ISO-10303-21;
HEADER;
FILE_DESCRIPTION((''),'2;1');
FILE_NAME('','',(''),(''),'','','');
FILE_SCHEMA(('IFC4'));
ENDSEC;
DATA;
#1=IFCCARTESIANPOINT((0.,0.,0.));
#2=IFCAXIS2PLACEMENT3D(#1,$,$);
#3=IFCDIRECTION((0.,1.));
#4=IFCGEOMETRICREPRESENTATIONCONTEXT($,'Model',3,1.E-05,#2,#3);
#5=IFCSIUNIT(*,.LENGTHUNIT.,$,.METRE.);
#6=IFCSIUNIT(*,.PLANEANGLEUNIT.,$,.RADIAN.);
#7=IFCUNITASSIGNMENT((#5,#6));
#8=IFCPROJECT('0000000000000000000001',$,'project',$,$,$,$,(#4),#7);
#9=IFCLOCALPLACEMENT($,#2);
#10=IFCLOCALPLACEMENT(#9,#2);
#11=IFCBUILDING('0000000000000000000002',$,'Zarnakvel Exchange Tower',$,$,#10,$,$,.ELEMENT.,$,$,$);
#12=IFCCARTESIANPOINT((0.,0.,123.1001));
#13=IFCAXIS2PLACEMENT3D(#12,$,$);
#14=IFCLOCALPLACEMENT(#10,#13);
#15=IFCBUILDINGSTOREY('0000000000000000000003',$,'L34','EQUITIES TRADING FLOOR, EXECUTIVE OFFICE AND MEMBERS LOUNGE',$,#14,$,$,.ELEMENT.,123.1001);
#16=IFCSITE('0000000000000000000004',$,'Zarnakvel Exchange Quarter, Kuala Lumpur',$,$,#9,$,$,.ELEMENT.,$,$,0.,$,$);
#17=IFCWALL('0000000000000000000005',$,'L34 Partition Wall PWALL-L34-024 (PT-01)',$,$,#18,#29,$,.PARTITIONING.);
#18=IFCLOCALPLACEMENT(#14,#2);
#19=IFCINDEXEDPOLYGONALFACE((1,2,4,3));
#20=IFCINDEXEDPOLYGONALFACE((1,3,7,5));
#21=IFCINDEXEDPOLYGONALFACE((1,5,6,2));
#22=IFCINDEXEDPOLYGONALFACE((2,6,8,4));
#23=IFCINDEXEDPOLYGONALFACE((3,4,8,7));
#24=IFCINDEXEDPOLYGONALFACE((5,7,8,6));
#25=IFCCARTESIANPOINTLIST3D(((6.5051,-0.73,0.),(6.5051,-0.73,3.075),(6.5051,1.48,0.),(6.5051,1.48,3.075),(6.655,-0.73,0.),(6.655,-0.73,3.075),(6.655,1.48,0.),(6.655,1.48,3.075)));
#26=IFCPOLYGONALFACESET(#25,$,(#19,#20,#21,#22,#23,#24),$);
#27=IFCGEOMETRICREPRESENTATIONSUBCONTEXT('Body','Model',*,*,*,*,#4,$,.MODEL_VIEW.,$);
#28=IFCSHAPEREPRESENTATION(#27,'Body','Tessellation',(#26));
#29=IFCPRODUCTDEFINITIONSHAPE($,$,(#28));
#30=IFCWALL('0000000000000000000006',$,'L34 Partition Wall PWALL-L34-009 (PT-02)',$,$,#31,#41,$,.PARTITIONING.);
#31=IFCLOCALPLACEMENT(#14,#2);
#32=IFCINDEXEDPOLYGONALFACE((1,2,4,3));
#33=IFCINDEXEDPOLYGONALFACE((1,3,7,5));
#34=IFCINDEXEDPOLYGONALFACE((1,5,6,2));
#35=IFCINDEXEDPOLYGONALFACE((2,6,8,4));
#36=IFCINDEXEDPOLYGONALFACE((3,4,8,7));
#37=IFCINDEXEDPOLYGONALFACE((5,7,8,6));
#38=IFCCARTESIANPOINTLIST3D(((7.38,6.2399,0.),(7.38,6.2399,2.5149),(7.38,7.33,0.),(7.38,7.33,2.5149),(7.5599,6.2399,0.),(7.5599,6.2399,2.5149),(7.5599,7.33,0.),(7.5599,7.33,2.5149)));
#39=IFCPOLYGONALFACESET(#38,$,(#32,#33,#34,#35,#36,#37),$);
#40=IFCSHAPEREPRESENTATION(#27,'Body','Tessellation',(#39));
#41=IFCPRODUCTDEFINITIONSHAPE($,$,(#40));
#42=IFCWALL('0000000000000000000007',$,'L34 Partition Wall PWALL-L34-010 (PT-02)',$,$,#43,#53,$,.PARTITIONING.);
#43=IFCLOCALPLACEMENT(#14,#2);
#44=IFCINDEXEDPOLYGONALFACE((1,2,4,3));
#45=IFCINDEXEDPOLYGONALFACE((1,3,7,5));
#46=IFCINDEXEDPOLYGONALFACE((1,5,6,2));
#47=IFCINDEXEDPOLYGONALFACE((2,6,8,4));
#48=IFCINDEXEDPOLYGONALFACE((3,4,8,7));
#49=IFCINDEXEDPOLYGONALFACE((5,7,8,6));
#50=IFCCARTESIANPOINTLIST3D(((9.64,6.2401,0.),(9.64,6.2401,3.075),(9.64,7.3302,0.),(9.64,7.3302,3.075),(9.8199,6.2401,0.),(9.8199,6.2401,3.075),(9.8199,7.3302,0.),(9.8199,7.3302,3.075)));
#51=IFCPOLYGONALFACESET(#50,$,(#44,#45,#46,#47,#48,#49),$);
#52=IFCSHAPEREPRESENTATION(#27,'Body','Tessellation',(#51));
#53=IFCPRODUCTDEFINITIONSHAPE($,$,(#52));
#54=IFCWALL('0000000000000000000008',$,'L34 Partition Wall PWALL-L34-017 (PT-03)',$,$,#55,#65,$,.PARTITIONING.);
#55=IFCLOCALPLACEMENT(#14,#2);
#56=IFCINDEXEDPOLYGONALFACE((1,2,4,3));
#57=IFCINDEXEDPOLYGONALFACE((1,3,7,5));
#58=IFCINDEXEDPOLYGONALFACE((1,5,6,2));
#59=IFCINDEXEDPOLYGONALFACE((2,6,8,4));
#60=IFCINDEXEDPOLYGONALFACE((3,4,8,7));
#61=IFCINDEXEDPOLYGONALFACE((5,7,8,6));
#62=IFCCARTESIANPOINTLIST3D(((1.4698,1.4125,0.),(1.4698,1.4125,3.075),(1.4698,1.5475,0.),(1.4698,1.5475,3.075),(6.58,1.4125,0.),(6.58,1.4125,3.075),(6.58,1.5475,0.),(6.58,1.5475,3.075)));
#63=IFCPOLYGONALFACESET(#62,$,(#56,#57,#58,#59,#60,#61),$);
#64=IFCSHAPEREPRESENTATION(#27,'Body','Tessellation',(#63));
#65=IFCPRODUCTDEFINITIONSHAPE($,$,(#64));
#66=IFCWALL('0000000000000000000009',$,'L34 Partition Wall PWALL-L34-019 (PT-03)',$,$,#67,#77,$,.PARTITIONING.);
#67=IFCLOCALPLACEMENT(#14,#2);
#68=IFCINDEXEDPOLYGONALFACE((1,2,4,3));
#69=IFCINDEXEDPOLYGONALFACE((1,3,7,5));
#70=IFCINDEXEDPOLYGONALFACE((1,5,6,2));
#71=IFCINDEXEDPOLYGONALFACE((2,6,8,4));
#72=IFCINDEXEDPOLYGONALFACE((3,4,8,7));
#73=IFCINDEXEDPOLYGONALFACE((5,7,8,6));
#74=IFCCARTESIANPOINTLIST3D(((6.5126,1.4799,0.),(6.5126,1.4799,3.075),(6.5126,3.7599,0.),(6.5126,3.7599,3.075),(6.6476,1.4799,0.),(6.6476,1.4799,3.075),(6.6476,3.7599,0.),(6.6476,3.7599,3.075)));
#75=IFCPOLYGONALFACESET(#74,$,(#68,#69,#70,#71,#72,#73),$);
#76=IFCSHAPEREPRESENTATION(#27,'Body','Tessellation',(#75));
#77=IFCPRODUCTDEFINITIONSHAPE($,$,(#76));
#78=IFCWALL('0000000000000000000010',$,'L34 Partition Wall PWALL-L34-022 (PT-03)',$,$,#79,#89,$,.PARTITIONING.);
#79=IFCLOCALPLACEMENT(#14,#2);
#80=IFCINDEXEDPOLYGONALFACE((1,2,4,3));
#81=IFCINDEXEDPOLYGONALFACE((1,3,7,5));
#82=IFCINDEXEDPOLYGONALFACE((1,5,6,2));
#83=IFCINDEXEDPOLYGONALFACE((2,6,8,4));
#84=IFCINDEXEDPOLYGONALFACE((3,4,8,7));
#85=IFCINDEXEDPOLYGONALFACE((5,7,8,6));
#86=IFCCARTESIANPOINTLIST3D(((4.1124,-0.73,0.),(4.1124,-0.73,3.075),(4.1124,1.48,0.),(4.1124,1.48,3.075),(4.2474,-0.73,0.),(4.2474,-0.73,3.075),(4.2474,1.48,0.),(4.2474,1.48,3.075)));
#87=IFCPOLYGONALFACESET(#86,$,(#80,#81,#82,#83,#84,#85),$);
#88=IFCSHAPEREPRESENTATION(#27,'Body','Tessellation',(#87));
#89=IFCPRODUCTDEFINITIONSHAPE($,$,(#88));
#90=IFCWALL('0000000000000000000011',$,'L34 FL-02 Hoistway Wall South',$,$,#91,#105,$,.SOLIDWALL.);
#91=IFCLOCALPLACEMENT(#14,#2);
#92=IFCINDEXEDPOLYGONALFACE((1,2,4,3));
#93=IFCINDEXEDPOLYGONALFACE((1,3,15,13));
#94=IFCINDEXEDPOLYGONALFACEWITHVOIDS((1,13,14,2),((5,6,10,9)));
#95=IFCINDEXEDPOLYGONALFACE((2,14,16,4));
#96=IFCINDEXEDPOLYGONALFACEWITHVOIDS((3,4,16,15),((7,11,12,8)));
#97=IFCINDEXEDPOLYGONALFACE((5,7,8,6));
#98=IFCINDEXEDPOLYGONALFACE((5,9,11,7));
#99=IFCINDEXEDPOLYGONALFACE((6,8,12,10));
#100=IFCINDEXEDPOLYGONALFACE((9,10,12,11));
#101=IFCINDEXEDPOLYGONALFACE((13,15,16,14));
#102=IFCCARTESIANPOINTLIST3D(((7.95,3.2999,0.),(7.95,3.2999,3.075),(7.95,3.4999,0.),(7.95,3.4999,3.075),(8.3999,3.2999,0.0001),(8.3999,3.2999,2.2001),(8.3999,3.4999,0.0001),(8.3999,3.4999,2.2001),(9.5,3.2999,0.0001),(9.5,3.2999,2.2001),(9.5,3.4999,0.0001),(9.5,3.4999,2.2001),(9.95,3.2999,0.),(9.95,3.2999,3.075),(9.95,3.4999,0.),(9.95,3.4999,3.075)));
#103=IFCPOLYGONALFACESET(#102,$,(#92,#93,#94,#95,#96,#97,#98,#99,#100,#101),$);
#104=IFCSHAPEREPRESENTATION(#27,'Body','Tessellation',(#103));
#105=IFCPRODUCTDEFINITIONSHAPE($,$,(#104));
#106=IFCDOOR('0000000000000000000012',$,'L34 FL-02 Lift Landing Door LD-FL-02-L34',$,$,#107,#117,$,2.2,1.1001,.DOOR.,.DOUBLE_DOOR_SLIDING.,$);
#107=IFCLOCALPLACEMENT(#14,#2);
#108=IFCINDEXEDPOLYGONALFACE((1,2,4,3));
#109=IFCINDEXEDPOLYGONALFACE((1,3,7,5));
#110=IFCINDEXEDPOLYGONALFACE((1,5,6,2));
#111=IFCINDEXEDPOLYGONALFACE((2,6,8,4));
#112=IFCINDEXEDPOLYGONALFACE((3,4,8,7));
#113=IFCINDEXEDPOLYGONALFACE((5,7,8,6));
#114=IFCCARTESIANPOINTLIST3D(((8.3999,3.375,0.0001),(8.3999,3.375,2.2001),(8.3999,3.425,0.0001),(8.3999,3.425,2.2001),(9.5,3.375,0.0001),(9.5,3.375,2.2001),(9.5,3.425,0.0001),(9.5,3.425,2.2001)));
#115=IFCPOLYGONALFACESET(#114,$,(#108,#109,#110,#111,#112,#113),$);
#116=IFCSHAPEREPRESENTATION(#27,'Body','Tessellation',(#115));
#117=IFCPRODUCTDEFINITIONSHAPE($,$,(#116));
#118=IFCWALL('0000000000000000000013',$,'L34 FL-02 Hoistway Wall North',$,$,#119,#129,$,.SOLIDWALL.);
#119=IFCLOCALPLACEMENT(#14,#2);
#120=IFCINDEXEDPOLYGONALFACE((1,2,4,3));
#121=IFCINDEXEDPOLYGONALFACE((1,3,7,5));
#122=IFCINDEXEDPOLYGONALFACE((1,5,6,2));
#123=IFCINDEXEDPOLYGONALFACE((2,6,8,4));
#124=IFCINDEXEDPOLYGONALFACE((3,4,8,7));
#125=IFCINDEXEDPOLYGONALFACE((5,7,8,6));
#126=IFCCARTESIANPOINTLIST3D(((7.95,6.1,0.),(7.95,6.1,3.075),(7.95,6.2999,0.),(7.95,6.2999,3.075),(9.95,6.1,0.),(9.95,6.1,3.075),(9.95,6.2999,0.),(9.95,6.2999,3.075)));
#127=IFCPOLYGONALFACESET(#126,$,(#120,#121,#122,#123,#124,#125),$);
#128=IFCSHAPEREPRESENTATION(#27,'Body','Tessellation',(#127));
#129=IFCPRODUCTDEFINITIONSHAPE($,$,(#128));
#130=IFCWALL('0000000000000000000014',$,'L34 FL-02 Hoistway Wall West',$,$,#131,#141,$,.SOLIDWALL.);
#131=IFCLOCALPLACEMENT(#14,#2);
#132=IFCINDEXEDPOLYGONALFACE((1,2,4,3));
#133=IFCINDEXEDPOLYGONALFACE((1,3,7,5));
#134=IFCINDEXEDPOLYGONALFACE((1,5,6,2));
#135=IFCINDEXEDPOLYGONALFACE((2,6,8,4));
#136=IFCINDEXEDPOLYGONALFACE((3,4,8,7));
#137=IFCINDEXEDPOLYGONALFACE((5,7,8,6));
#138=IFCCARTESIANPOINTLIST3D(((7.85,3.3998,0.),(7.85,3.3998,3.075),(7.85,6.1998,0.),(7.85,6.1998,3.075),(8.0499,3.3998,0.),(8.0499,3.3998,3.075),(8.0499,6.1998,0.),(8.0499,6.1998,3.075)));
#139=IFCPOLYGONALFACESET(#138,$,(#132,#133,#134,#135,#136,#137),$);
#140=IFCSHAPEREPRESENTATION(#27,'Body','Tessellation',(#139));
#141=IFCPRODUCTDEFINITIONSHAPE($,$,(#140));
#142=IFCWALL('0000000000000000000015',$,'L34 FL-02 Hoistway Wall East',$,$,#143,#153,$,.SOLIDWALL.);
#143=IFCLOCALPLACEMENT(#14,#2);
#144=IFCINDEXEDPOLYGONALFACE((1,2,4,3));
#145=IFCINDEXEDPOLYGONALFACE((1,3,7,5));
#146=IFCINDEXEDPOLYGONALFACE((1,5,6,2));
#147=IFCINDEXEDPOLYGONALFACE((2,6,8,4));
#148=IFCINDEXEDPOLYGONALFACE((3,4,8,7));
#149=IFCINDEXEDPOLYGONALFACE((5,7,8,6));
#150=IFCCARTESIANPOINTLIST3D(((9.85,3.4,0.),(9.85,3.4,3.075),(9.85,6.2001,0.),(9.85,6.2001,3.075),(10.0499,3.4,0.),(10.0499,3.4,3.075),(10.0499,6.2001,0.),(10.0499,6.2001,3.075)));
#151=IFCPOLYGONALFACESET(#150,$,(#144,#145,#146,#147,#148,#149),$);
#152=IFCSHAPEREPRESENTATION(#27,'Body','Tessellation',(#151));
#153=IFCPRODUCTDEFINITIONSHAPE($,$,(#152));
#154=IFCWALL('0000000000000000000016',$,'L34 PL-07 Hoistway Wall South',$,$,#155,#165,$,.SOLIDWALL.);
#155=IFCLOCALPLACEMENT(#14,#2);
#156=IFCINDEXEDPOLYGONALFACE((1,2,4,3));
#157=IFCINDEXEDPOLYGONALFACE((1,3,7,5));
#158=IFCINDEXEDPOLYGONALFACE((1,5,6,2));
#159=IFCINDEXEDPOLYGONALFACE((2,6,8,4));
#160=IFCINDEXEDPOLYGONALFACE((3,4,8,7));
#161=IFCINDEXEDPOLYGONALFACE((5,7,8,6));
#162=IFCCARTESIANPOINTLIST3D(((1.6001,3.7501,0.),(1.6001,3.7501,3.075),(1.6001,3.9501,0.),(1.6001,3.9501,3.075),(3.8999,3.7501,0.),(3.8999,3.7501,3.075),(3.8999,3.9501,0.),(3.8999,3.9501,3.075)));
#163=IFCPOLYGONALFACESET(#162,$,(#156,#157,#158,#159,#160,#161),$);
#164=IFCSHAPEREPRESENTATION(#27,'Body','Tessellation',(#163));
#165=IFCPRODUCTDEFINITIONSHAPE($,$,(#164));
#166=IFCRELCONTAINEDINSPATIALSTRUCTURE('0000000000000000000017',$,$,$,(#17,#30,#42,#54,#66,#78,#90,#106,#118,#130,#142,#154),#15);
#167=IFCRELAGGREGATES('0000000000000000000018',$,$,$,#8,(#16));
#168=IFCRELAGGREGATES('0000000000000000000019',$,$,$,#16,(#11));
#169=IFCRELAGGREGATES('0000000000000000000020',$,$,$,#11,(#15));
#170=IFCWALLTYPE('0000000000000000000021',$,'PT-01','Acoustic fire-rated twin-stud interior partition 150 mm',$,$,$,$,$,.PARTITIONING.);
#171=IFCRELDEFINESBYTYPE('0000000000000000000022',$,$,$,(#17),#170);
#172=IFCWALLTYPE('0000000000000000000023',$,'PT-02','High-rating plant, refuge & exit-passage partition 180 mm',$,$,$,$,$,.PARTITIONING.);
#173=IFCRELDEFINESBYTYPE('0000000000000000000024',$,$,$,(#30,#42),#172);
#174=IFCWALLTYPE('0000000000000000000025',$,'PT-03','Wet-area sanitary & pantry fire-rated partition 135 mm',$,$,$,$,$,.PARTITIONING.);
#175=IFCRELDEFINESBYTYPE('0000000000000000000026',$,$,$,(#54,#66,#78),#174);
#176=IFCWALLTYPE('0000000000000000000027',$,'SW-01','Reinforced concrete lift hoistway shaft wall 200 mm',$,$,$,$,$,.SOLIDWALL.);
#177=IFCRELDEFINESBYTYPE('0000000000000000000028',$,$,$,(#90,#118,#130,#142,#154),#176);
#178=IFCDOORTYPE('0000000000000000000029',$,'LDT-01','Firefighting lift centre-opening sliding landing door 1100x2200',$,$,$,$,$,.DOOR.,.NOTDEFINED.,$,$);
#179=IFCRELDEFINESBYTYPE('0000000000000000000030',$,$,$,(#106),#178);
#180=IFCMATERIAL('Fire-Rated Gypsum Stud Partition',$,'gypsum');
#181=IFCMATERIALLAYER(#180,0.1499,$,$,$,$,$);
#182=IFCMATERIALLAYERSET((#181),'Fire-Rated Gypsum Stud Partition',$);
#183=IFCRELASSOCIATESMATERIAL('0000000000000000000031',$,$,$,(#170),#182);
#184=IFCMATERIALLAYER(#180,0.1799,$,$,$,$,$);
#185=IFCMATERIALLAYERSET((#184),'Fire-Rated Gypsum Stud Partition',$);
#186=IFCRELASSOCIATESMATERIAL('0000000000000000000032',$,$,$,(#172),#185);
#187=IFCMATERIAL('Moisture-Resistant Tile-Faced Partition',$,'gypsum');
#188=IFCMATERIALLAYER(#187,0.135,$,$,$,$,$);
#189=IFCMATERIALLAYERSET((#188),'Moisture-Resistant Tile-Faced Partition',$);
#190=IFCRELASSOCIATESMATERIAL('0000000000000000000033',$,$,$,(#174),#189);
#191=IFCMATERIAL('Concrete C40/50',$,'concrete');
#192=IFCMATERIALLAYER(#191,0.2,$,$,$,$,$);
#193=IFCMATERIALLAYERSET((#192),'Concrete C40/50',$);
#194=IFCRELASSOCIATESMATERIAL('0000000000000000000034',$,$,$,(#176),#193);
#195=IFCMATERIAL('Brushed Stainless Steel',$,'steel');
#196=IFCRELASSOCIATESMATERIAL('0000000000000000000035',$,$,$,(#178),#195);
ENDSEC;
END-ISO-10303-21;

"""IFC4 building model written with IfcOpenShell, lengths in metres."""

from ifc_helpers import new_model, si_unit, direction, frame, frame_2d, origin, place, context, subcontext, project, spatial, rectangle, extrude, source, transform, mapped, material, layer, layer_set, type_object, element, fill, save


model = new_model("IFC4")

# Units and contexts
model_context = context("Model", 3, precision=1e-05, world=origin(), true_north=direction((0.0, 1.0)))
body_context = subcontext(model_context, "Body", "Model", "MODEL_VIEW")
ifc_project = project(units=[si_unit("LENGTHUNIT", "METRE"), si_unit("PLANEANGLEUNIT", "RADIAN")], contexts=[model_context])

# Site, building, storey
site_placement = place(None, origin())
site = spatial("IfcSite", under=ifc_project, at=site_placement, Name="Zarnakvel Exchange Quarter, Kuala Lumpur", CompositionType="ELEMENT", RefElevation=0.0)
building_placement = place(site_placement, origin())
building = spatial("IfcBuilding", under=site, at=building_placement, Name="Zarnakvel Exchange Tower", CompositionType="ELEMENT")
storey_placement = place(building_placement, frame((0.0, 0.0, 123.1001)))
storey = spatial("IfcBuildingStorey", under=building, at=storey_placement, Name="L34", Description="EQUITIES TRADING FLOOR, EXECUTIVE OFFICE AND MEMBERS LOUNGE", CompositionType="ELEMENT", Elevation=123.1001)

# Walls
ifc_material_1 = material(Name="Fire-Rated Gypsum Stud Partition", Category="gypsum")
ifc_layer_1 = layer(ifc_material_1, 0.1499)
ifc_layer_set_1 = layer_set([ifc_layer_1], Name="Fire-Rated Gypsum Stud Partition")
wall_type_1 = type_object("IfcWallType", Name="PT-01", Description="Acoustic fire-rated twin-stud interior partition 150 mm", PredefinedType="PARTITIONING", material=ifc_layer_set_1)
wall_1_placement = place(storey_placement, frame((6.5801, 1.48, 0.0), z_axis=(0.0, 0.0, 1.0), x_axis=(0.0, -1.0, 0.0)))
element("IfcWall", 1, at=wall_1_placement, inside=storey, type_object=wall_type_1, Name="L34 Partition Wall PWALL-L34-024 (PT-01)", PredefinedType="PARTITIONING", context=body_context, shape_type="SweptSolid", body=[
    extrude(rectangle(XDim=2.21, YDim=0.1499, at=frame_2d((1.105, 0.0))), origin(), (0.0, 0.0, 1.0), 3.075),
])
ifc_layer_2 = layer(ifc_material_1, 0.1799)
ifc_layer_set_2 = layer_set([ifc_layer_2], Name="Fire-Rated Gypsum Stud Partition")
wall_type_2 = type_object("IfcWallType", Name="PT-02", Description="High-rating plant, refuge & exit-passage partition 180 mm", PredefinedType="PARTITIONING", material=ifc_layer_set_2)
wall_2_placement = place(storey_placement, frame((7.47, 6.24, 0.0), z_axis=(0.0, 0.0, 1.0), x_axis=(0.0, 1.0, 0.0)))
element("IfcWall", 2, at=wall_2_placement, inside=storey, type_object=wall_type_2, Name="L34 Partition Wall PWALL-L34-009 (PT-02)", PredefinedType="PARTITIONING", context=body_context, shape_type="SweptSolid", body=[
    extrude(rectangle(XDim=1.0901, YDim=0.1799, at=frame_2d((0.5449, 0.0))), origin(), (0.0, 0.0, 1.0), 2.5149),
])
wall_3_placement = place(storey_placement, frame((9.73, 7.3301, 0.0), z_axis=(0.0, 0.0, 1.0), x_axis=(0.0, -1.0, 0.0)))
element("IfcWall", 3, at=wall_3_placement, inside=storey, type_object=wall_type_2, Name="L34 Partition Wall PWALL-L34-010 (PT-02)", PredefinedType="PARTITIONING", context=body_context, shape_type="SweptSolid", body=[
    extrude(rectangle(XDim=1.0901, YDim=0.1799, at=frame_2d((0.5449, 0.0))), origin(), (0.0, 0.0, 1.0), 3.075),
])
ifc_material_2 = material(Name="Moisture-Resistant Tile-Faced Partition", Category="gypsum")
ifc_layer_3 = layer(ifc_material_2, 0.135)
ifc_layer_set_3 = layer_set([ifc_layer_3], Name="Moisture-Resistant Tile-Faced Partition")
wall_type_3 = type_object("IfcWallType", Name="PT-03", Description="Wet-area sanitary & pantry fire-rated partition 135 mm", PredefinedType="PARTITIONING", material=ifc_layer_set_3)
wall_4_placement = place(storey_placement, frame((6.5801, 1.48, 0.0), z_axis=(0.0, 0.0, 1.0), x_axis=(-1.0, 0.0, 0.0)))
element("IfcWall", 4, at=wall_4_placement, inside=storey, type_object=wall_type_3, Name="L34 Partition Wall PWALL-L34-017 (PT-03)", PredefinedType="PARTITIONING", context=body_context, shape_type="SweptSolid", body=[
    extrude(rectangle(XDim=5.1101, YDim=0.135, at=frame_2d((2.5552, 0.0))), origin(), (0.0, 0.0, 1.0), 3.075),
])
wall_5_placement = place(storey_placement, frame((6.5801, 3.76, 0.0), z_axis=(0.0, 0.0, 1.0), x_axis=(0.0, -1.0, 0.0)))
element("IfcWall", 5, at=wall_5_placement, inside=storey, type_object=wall_type_3, Name="L34 Partition Wall PWALL-L34-019 (PT-03)", PredefinedType="PARTITIONING", context=body_context, shape_type="SweptSolid", body=[
    extrude(rectangle(XDim=2.28, YDim=0.135, at=frame_2d((1.1401, 0.0))), origin(), (0.0, 0.0, 1.0), 3.075),
])
wall_6_placement = place(storey_placement, frame((4.1799, 1.48, 0.0), z_axis=(0.0, 0.0, 1.0), x_axis=(0.0, -1.0, 0.0)))
element("IfcWall", 6, at=wall_6_placement, inside=storey, type_object=wall_type_3, Name="L34 Partition Wall PWALL-L34-022 (PT-03)", PredefinedType="PARTITIONING", context=body_context, shape_type="SweptSolid", body=[
    extrude(rectangle(XDim=2.21, YDim=0.135, at=frame_2d((1.105, 0.0))), origin(), (0.0, 0.0, 1.0), 3.075),
])

# Wall, opening, door
ifc_material_3 = material(Name="Concrete C40/50", Category="concrete")
ifc_layer_4 = layer(ifc_material_3, 0.2)
ifc_layer_set_4 = layer_set([ifc_layer_4], Name="Concrete C40/50")
wall_type_4 = type_object("IfcWallType", Name="SW-01", Description="Reinforced concrete lift hoistway shaft wall 200 mm", PredefinedType="SOLIDWALL", material=ifc_layer_set_4)
wall_7_placement = place(storey_placement, frame((9.95, 3.3999, 0.0), z_axis=(0.0, 0.0, 1.0), x_axis=(-1.0, 0.0, 0.0)))
wall_7 = element("IfcWall", 7, at=wall_7_placement, inside=storey, type_object=wall_type_4, Name="L34 FL-02 Hoistway Wall South", PredefinedType="SOLIDWALL", context=body_context, shape_type="SweptSolid", body=[
    extrude(rectangle(XDim=2.0, YDim=0.2, at=frame_2d((1.0, 0.0))), origin(), (0.0, 0.0, 1.0), 3.075),
])
opening_1_placement = place(wall_7_placement, frame((0.45, 0.0, 0.0)))
opening_1 = element("IfcOpeningElement", 8, at=opening_1_placement, cuts=wall_7, PredefinedType="OPENING", context=body_context, shape_type="SweptSolid", body=[
    extrude(rectangle(XDim=1.1001, YDim=2.2, at=frame_2d((0.55, 1.1001))), frame((0.0, 0.1099, 0.0), z_axis=(0.0, -1.0, 0.0), x_axis=(1.0, 0.0, 0.0)), (0.0, 0.0, 1.0), 0.22),
])
ifc_material_4 = material(Name="Brushed Stainless Steel", Category="steel")
door_type_1 = type_object("IfcDoorType", Name="LDT-01", Description="Firefighting lift centre-opening sliding landing door 1100x2200", OperationType="NOTDEFINED", PredefinedType="DOOR", material=ifc_material_4)
shared_shape_1 = source(origin(), body_context, "Body", "SweptSolid", [
    extrude(rectangle(XDim=1.1001, YDim=2.2, at=frame_2d((0.55, 1.1001))), frame((0.0, 0.0249, 0.0), z_axis=(0.0, -1.0, 0.0), x_axis=(1.0, 0.0, 0.0)), (0.0, 0.0, 1.0), 0.05),
])
door_1_placement = place(opening_1_placement, origin())
door_1 = element("IfcDoor", 9, at=door_1_placement, inside=storey, type_object=door_type_1, Name="L34 FL-02 Lift Landing Door LD-FL-02-L34", OperationType="DOUBLE_DOOR_SLIDING", OverallHeight=2.2, OverallWidth=1.1001, PredefinedType="DOOR", context=body_context, shape_type="MappedRepresentation", body=[
    mapped(shared_shape_1, transform((0.0, 0.0, 0.0), x_axis=(1.0, 0.0, 0.0), y_axis=(0.0, 1.0, 0.0), z_axis=(0.0, 0.0, 1.0), scale=1.0)),
])
fill(opening_1, door_1)

# Walls
wall_8_placement = place(storey_placement, frame((7.95, 6.2, 0.0), z_axis=(0.0, 0.0, 1.0), x_axis=(1.0, 0.0, 0.0)))
element("IfcWall", 10, at=wall_8_placement, inside=storey, type_object=wall_type_4, Name="L34 FL-02 Hoistway Wall North", PredefinedType="SOLIDWALL", context=body_context, shape_type="SweptSolid", body=[
    extrude(rectangle(XDim=2.0, YDim=0.2, at=frame_2d((1.0, 0.0))), origin(), (0.0, 0.0, 1.0), 3.075),
])
for number, where, z_axis, x_axis, name in (
    (11, (7.95, 3.3999, 0.0), (0.0, 0.0, 1.0), (0.0, 1.0, 0.0), "L34 FL-02 Hoistway Wall West"),
    (12, (9.95, 6.2, 0.0), (0.0, 0.0, 1.0), (0.0, -1.0, 0.0), "L34 FL-02 Hoistway Wall East"),
):
    element("IfcWall", number, at=place(storey_placement, frame(where, z_axis=z_axis, x_axis=x_axis)), inside=storey, type_object=wall_type_4, Name=name, PredefinedType="SOLIDWALL", context=body_context, shape_type="SweptSolid", body=[
        extrude(rectangle(XDim=2.8, YDim=0.2, at=frame_2d((1.3999, 0.0))), origin(), (0.0, 0.0, 1.0), 3.075),
    ])
wall_9_placement = place(storey_placement, frame((3.8999, 3.8501, 0.0), z_axis=(0.0, 0.0, 1.0), x_axis=(-1.0, 0.0, 0.0)))
element("IfcWall", 13, at=wall_9_placement, inside=storey, type_object=wall_type_4, Name="L34 PL-07 Hoistway Wall South", PredefinedType="SOLIDWALL", context=body_context, shape_type="SweptSolid", body=[
    extrude(rectangle(XDim=2.2998, YDim=0.2, at=frame_2d((1.1499, 0.0))), origin(), (0.0, 0.0, 1.0), 3.075),
])

save(model, "model.ifc")
